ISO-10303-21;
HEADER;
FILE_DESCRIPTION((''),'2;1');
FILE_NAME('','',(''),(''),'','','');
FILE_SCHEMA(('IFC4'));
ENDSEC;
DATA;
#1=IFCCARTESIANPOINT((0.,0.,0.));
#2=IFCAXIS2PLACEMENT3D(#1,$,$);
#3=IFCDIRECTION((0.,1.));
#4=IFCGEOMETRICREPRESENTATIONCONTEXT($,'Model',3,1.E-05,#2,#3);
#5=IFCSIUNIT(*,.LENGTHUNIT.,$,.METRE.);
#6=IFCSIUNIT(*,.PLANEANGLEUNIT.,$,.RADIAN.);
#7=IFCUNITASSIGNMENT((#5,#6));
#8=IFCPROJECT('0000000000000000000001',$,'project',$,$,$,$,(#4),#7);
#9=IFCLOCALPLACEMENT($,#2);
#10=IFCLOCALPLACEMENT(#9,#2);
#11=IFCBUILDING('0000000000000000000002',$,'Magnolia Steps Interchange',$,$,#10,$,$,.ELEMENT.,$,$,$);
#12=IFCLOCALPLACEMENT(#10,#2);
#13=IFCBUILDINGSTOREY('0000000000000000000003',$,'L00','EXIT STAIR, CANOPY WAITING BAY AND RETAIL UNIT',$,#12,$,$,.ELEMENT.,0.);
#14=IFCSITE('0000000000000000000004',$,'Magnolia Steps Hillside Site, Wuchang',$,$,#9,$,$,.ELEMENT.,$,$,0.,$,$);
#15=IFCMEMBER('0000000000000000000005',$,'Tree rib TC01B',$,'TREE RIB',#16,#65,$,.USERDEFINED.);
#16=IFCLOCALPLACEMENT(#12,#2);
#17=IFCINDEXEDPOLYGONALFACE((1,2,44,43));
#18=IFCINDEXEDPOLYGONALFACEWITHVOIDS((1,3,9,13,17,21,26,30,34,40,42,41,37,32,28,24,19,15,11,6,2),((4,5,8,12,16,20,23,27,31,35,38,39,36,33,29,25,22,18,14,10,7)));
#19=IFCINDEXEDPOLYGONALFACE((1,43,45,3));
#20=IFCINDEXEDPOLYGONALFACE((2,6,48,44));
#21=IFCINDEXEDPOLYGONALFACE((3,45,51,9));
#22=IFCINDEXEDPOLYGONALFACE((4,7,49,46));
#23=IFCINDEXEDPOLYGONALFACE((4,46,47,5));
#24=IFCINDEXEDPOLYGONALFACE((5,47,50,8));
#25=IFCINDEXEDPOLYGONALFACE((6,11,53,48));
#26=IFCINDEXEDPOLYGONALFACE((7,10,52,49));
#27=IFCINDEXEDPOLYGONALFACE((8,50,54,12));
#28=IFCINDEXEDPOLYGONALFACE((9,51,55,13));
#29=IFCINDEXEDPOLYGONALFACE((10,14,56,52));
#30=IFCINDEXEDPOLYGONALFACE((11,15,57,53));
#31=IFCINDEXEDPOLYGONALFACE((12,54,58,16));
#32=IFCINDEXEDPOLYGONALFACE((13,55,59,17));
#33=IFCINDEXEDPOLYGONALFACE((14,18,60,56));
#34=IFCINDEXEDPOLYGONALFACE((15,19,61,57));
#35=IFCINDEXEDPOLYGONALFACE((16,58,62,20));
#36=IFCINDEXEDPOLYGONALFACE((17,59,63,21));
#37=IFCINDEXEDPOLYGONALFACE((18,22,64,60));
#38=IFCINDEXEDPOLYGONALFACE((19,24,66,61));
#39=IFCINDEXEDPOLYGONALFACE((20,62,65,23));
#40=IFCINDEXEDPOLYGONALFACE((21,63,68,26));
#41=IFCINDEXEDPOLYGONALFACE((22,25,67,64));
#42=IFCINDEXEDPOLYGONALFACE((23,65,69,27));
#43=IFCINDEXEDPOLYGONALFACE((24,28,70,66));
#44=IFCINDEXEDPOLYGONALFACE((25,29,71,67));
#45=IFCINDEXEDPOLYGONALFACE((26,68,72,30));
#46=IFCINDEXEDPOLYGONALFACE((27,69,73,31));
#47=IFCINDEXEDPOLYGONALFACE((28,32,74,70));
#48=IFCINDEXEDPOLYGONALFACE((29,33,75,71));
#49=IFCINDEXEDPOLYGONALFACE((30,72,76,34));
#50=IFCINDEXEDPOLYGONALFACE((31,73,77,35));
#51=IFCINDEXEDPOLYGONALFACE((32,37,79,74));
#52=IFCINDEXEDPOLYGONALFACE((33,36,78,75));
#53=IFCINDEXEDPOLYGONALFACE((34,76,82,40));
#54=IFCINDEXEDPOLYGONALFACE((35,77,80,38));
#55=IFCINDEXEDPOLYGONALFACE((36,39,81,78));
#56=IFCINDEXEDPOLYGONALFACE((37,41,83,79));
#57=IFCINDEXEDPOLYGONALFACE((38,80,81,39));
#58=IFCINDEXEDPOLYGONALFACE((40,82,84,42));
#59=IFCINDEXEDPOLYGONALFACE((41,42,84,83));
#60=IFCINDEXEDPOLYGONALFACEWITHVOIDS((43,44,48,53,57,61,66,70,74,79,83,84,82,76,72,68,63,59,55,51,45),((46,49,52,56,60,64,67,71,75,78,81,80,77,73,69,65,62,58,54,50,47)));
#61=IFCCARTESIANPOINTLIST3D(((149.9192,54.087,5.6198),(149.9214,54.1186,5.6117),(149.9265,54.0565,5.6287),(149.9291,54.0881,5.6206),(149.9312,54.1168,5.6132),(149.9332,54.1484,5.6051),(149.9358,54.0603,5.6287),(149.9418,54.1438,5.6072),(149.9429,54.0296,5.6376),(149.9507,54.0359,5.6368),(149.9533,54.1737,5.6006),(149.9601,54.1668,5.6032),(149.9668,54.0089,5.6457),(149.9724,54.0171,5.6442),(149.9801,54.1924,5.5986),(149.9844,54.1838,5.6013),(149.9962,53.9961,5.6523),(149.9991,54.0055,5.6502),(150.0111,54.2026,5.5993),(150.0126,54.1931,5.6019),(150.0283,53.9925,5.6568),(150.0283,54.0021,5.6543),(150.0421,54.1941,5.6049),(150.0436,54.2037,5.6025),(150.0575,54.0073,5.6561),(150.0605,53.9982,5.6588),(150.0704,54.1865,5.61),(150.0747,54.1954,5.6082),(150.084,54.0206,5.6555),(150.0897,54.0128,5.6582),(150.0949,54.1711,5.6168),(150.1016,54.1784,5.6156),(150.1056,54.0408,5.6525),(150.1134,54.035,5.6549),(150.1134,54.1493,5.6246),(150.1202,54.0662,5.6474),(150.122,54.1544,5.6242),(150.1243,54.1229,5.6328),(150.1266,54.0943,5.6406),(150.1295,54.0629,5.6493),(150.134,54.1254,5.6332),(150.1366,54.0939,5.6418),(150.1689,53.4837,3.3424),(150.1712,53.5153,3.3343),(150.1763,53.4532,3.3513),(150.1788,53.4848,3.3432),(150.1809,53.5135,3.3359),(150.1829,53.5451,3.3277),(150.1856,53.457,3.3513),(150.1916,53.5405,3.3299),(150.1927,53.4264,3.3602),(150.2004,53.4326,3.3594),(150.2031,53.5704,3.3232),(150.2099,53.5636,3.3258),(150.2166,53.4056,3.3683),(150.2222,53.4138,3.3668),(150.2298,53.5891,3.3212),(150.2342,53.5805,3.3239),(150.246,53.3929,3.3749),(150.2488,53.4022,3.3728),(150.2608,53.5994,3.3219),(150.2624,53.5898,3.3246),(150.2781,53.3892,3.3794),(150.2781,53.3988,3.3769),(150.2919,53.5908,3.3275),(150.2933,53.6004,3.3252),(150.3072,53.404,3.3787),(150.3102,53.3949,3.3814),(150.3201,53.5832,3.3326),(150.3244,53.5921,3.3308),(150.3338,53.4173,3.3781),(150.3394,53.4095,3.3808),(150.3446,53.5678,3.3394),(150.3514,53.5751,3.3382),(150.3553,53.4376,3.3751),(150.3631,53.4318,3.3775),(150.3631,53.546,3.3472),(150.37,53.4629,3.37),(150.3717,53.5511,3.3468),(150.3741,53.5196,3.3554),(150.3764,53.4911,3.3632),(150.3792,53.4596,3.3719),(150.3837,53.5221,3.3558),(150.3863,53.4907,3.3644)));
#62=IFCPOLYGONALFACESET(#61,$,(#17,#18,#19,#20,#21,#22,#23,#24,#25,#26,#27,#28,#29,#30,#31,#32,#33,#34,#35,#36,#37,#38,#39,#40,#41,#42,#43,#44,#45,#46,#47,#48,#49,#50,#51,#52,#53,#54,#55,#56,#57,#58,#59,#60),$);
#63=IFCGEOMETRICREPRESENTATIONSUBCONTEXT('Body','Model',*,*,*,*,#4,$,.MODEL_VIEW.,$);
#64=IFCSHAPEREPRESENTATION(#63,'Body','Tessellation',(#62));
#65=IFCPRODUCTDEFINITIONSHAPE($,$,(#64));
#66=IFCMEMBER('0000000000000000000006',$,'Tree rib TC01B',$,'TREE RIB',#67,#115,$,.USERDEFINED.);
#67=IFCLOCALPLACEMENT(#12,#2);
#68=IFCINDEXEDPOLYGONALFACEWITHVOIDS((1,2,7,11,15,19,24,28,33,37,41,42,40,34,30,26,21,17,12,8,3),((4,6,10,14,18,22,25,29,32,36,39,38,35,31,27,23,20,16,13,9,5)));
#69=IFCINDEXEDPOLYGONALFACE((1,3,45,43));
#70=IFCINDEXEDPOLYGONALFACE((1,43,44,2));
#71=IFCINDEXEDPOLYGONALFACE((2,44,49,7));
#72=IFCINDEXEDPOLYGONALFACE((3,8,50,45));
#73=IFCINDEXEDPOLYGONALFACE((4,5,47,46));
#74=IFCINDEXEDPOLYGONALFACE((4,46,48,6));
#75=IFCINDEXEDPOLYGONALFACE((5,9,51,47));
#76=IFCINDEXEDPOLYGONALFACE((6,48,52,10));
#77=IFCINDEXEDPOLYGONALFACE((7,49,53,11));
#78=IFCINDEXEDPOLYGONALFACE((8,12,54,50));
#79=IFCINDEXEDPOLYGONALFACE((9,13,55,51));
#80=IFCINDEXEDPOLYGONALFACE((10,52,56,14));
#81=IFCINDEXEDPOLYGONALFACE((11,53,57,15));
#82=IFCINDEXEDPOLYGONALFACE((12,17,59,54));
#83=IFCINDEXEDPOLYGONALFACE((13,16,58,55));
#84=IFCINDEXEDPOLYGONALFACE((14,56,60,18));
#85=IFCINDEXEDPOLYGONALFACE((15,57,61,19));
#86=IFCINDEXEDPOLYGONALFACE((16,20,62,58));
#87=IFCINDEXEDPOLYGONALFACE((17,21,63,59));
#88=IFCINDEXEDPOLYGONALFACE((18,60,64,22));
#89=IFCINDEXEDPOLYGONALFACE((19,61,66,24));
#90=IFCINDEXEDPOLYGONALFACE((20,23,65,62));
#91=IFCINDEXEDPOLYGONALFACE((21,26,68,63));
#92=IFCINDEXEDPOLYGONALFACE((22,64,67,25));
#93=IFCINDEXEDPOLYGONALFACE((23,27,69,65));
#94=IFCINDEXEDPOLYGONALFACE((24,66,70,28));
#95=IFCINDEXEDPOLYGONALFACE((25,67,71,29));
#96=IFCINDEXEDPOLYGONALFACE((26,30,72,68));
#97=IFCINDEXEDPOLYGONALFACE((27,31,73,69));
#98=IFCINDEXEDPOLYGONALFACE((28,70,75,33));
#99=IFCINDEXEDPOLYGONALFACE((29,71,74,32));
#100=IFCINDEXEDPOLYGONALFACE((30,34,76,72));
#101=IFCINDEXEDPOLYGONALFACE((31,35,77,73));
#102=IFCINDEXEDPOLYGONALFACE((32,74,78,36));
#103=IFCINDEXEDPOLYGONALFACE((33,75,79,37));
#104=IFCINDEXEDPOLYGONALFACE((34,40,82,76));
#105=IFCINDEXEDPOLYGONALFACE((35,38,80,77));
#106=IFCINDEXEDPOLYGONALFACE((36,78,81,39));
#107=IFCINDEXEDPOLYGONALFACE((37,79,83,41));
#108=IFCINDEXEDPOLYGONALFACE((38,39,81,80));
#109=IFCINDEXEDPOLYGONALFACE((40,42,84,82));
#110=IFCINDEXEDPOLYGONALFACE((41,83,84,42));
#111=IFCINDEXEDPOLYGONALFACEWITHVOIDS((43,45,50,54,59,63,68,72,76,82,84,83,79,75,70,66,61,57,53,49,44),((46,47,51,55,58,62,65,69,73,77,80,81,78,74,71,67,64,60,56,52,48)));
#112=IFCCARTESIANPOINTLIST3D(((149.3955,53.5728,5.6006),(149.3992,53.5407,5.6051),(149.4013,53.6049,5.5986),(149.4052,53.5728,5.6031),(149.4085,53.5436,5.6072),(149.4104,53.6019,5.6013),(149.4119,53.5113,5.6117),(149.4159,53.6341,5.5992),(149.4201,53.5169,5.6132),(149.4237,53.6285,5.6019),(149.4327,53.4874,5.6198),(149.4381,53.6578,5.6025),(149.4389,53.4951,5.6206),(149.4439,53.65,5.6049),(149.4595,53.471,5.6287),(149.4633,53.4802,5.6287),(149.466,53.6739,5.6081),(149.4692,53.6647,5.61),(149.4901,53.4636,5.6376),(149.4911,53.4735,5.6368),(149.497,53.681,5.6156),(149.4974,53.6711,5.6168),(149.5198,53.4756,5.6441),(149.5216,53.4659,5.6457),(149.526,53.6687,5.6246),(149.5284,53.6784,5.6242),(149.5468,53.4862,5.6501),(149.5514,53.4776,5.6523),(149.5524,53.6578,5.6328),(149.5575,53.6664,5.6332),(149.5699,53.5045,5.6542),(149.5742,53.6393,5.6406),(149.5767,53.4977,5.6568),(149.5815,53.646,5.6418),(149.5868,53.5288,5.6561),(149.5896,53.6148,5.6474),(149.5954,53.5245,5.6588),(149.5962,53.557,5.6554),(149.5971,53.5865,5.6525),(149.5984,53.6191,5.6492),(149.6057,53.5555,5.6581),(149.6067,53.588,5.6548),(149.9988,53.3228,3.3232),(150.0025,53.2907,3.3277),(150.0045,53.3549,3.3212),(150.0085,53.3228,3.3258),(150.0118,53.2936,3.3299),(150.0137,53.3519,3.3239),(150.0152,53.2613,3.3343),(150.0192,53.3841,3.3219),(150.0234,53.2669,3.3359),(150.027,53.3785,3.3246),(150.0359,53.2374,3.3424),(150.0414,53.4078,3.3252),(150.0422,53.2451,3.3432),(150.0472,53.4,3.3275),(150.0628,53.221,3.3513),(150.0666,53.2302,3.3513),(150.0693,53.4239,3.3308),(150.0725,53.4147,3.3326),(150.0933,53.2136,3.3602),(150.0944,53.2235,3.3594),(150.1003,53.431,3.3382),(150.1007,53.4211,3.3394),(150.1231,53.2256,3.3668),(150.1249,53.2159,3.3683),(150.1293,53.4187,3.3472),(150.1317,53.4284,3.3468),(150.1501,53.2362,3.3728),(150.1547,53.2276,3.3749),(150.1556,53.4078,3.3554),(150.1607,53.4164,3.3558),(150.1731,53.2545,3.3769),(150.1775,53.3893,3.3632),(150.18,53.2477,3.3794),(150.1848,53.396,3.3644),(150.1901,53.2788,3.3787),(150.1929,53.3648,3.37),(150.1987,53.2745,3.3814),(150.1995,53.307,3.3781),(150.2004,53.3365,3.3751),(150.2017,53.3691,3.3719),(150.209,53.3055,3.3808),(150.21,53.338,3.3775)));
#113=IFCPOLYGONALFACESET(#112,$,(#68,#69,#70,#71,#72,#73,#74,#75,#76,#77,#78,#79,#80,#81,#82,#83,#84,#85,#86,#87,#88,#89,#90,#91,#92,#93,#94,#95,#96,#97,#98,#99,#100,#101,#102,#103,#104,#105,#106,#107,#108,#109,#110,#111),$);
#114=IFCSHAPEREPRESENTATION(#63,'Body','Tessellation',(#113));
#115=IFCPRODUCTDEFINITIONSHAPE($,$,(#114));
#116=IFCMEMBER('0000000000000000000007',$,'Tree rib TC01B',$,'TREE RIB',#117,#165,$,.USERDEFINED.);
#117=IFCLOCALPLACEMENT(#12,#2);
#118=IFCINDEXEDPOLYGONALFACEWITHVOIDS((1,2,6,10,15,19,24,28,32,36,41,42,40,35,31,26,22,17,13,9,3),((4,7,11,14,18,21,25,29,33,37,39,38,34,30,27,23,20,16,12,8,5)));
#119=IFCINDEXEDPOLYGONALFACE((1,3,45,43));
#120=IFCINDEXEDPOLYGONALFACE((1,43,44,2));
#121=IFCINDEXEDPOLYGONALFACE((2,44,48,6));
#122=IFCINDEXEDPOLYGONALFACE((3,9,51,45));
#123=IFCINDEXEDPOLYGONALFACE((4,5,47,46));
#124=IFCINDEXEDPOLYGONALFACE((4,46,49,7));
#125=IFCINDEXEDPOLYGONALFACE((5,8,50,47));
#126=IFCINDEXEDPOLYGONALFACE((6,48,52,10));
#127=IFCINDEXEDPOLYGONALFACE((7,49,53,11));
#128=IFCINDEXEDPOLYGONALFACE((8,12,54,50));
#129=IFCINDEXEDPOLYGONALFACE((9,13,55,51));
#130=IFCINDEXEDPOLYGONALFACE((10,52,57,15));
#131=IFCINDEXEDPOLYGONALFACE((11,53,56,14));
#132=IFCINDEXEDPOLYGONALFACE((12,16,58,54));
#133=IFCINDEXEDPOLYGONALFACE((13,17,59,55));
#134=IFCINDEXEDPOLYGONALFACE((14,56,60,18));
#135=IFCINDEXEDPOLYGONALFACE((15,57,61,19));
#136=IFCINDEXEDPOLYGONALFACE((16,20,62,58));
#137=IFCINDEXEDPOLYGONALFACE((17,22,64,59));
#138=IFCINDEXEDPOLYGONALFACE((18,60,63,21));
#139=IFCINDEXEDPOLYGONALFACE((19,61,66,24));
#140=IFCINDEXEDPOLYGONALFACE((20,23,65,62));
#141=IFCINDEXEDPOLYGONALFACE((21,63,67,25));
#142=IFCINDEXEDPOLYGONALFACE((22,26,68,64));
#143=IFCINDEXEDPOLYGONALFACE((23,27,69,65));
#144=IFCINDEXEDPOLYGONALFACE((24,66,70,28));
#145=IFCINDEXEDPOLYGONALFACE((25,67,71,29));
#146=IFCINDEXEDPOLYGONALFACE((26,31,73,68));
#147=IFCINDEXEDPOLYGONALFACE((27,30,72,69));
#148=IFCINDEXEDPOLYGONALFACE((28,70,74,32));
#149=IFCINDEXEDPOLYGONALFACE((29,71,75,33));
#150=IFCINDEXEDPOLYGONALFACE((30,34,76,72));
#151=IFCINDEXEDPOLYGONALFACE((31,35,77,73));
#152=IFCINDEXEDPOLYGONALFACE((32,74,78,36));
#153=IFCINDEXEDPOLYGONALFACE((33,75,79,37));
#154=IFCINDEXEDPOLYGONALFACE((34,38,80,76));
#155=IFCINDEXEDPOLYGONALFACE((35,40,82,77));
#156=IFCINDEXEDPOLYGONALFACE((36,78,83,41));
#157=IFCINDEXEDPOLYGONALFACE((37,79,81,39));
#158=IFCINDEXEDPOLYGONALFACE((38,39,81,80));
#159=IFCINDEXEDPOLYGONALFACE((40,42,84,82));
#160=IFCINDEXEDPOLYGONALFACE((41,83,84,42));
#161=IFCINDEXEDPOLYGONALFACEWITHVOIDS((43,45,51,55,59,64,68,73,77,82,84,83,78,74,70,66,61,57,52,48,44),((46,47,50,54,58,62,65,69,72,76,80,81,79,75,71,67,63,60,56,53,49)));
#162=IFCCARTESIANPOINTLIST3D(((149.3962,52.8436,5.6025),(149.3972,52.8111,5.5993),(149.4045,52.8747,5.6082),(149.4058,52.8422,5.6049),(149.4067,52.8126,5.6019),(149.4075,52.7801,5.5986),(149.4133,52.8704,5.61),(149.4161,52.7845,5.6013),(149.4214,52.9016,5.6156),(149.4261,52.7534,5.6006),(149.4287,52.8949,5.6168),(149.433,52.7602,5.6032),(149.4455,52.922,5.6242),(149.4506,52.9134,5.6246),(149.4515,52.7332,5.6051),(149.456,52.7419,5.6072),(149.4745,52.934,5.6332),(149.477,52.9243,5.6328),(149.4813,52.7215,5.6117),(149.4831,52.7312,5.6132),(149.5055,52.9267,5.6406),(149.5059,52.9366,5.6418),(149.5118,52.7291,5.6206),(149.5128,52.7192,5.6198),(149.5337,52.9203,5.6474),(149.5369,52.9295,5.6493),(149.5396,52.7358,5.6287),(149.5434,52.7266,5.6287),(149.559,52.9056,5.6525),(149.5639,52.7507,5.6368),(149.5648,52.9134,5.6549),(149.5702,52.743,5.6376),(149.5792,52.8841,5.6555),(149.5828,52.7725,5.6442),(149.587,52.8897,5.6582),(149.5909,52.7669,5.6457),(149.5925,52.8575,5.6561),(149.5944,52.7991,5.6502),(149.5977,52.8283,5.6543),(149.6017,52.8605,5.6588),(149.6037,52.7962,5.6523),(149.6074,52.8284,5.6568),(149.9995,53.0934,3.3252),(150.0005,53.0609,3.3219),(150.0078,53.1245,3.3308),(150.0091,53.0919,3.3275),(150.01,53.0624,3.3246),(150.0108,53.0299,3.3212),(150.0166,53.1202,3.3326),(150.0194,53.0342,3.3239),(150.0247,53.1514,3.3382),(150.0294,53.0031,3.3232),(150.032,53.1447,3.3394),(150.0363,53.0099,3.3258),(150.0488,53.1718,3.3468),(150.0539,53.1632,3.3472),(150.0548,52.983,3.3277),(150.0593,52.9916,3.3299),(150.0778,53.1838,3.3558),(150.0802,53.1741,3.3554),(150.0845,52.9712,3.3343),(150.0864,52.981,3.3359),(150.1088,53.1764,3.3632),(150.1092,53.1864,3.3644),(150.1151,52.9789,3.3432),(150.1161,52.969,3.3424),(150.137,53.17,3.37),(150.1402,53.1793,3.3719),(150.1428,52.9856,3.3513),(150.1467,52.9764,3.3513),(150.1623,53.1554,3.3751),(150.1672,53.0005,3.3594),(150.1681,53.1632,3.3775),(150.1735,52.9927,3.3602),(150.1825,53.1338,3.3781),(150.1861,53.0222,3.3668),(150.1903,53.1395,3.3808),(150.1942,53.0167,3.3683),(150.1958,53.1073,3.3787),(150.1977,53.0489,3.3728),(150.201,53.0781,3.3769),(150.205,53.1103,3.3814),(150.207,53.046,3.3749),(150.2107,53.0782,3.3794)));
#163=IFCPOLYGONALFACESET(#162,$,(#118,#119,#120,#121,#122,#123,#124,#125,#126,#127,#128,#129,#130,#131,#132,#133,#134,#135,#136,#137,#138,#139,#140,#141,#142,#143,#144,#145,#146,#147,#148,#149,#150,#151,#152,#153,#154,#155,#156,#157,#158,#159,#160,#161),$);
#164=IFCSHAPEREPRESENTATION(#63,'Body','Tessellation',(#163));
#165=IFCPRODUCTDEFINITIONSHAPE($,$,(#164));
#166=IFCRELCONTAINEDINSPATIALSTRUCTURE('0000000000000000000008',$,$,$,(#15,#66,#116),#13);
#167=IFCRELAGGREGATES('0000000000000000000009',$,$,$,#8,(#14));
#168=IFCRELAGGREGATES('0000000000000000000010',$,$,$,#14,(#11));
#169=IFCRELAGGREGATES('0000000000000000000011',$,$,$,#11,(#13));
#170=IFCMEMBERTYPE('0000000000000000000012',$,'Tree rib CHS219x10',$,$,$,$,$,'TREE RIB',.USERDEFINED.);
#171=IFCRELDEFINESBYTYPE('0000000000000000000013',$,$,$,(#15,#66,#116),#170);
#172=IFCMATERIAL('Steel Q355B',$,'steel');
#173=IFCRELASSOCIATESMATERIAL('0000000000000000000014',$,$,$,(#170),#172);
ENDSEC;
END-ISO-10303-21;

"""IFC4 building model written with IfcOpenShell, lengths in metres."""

from ifc_helpers import new_model, si_unit, direction, frame, origin, origin_2d, place, context, subcontext, project, spatial, hollow_circle, extrude, material, material_profile, profile_set, type_object, element, save


model = new_model("IFC4")

# Units and contexts
model_context = context("Model", 3, precision=1e-05, world=origin(), true_north=direction((0.0, 1.0)))
body_context = subcontext(model_context, "Body", "Model", "MODEL_VIEW")
ifc_project = project(units=[si_unit("LENGTHUNIT", "METRE"), si_unit("PLANEANGLEUNIT", "RADIAN")], contexts=[model_context])

# Site, building, storey
site_placement = place(None, origin())
site = spatial("IfcSite", under=ifc_project, at=site_placement, Name="Magnolia Steps Hillside Site, Wuchang", CompositionType="ELEMENT", RefElevation=0.0)
building_placement = place(site_placement, origin())
building = spatial("IfcBuilding", under=site, at=building_placement, Name="Magnolia Steps Interchange", CompositionType="ELEMENT")
storey_placement = place(building_placement, origin())
storey = spatial("IfcBuildingStorey", under=building, at=storey_placement, Name="L00", Description="EXIT STAIR, CANOPY WAITING BAY AND RETAIL UNIT", CompositionType="ELEMENT", Elevation=0.0)

# Members
ifc_material_1 = material(Name="Steel Q355B", Category="steel")
ifc_material_profile_1 = material_profile(ifc_material_1, hollow_circle(Radius=0.1096, WallThickness=0.01, at=origin_2d()), Name="CHS219x10")
ifc_profile_set_1 = profile_set([ifc_material_profile_1], Name="Steel Q355B")
member_type = type_object("IfcMemberType", Name="Tree rib CHS219x10", ElementType="TREE RIB", PredefinedType="USERDEFINED", material=ifc_profile_set_1)
for number, where, z_axis, x_axis, name in (
    (1, (150.2776, 53.4951, 3.3513), (-0.105422, 0.254642, 0.961272), (-0.923948, -0.382517, 0.0), "Tree rib TC01B"),
    (2, (150.1047, 53.3223, 3.3513), (-0.254639, 0.105524, 0.961261), (-0.382836, -0.923816, 0.0), "Tree rib TC01B"),
    (3, (150.1047, 53.0776, 3.3513), (-0.254642, -0.105422, 0.961272), (0.382517, -0.923948, 0.0), "Tree rib TC01B"),
):
    element("IfcMember", number, at=place(storey_placement, frame(where, z_axis=z_axis, x_axis=x_axis)), inside=storey, type_object=member_type, Name=name, ObjectType="TREE RIB", PredefinedType="USERDEFINED", context=body_context, shape_type="SweptSolid", body=[
        extrude(hollow_circle(Radius=0.1096, WallThickness=0.01, at=origin_2d()), origin(), (0.0, 0.0, 1.0), 2.3691),
    ])

save(model, "model.ifc")
